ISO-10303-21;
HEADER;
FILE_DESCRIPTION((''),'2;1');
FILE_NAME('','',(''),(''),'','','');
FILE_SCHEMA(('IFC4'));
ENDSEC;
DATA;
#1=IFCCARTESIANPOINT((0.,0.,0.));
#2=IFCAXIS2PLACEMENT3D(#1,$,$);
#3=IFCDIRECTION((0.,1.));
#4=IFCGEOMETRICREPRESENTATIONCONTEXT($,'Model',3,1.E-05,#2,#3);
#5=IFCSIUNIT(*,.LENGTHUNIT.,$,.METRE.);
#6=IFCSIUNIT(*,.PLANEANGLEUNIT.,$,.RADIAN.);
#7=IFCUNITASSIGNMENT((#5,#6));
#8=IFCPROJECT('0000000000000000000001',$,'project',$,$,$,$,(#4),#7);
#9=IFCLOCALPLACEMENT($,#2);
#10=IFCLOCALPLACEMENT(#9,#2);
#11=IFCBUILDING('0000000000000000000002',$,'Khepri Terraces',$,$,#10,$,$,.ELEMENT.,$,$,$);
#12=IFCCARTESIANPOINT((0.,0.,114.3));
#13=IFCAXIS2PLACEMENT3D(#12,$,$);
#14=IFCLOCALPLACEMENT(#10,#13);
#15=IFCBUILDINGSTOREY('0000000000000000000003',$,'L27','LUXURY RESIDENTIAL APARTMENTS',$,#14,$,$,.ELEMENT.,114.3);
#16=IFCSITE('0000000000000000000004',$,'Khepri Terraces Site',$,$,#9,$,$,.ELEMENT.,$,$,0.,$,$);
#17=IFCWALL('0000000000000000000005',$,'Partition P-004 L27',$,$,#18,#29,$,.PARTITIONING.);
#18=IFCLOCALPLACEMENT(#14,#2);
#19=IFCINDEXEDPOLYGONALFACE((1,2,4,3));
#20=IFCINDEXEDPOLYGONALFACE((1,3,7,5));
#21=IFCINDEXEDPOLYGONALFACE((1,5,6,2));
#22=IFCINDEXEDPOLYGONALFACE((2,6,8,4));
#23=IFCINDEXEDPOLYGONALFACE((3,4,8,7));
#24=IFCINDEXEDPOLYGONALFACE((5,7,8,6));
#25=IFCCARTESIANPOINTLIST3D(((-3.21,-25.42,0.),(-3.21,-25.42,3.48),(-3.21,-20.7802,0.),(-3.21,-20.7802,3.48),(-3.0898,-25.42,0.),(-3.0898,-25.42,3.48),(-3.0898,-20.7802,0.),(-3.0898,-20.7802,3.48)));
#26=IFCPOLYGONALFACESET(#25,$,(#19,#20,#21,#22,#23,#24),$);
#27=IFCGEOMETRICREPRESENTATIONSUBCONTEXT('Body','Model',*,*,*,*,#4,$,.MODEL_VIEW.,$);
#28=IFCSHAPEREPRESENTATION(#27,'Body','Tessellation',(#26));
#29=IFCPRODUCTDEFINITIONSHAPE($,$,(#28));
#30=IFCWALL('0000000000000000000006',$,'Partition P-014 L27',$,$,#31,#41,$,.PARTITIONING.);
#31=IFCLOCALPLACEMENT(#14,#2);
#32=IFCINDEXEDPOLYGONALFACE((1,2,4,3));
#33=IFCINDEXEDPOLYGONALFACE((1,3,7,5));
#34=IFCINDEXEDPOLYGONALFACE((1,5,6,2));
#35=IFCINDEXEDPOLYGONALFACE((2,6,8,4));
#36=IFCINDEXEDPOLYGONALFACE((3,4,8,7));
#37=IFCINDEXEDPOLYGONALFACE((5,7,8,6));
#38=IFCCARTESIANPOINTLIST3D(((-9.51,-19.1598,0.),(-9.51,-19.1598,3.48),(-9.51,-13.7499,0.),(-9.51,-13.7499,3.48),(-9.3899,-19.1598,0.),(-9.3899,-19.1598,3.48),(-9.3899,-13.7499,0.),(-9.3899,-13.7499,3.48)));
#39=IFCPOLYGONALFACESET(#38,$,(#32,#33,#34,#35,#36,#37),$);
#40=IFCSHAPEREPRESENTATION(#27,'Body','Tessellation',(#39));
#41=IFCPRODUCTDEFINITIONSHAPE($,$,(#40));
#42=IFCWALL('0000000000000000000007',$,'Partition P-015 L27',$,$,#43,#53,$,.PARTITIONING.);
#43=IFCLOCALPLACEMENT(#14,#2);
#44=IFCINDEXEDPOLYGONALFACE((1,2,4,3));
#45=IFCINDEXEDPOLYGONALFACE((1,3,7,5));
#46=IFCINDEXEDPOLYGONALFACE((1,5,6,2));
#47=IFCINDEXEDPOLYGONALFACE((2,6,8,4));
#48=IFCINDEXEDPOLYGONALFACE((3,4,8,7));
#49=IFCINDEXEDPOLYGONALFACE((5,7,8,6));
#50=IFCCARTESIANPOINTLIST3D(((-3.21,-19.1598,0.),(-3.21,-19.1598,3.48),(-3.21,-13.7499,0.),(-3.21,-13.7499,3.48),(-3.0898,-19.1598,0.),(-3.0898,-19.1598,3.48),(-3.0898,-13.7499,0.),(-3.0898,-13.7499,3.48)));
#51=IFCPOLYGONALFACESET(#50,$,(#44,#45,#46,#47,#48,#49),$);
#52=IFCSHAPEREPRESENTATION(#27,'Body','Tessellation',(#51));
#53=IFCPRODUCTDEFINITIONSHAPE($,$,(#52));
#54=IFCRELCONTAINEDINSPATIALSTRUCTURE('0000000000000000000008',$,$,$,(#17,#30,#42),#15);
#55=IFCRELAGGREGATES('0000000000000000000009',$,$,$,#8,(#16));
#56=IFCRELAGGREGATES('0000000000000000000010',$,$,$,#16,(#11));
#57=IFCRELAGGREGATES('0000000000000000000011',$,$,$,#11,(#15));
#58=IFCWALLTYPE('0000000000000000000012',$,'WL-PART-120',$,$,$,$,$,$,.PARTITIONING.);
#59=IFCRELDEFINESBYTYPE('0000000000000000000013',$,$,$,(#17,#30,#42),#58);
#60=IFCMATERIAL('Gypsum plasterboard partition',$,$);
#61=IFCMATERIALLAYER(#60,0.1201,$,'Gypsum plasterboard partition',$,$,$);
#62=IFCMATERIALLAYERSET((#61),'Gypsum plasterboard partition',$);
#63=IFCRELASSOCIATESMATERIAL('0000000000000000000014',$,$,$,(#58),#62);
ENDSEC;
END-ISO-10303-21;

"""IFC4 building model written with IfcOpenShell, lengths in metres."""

from ifc_helpers import new_model, si_unit, direction, frame, frame_2d, origin, place, context, subcontext, project, spatial, rectangle, extrude, material, layer, layer_set, type_object, element, save


model = new_model("IFC4")

# Units and contexts
model_context = context("Model", 3, precision=1e-05, world=origin(), true_north=direction((0.0, 1.0)))
body_context = subcontext(model_context, "Body", "Model", "MODEL_VIEW")
ifc_project = project(units=[si_unit("LENGTHUNIT", "METRE"), si_unit("PLANEANGLEUNIT", "RADIAN")], contexts=[model_context])

# Site, building, storey
site_placement = place(None, origin())
site = spatial("IfcSite", under=ifc_project, at=site_placement, Name="Khepri Terraces Site", CompositionType="ELEMENT", RefElevation=0.0)
building_placement = place(site_placement, origin())
building = spatial("IfcBuilding", under=site, at=building_placement, Name="Khepri Terraces", CompositionType="ELEMENT")
storey_placement = place(building_placement, frame((0.0, 0.0, 114.3)))
storey = spatial("IfcBuildingStorey", under=building, at=storey_placement, Name="L27", Description="LUXURY RESIDENTIAL APARTMENTS", CompositionType="ELEMENT", Elevation=114.3)

# Shared definitions
ifc_material_1 = material(Name="Gypsum plasterboard partition")
ifc_layer_1 = layer(ifc_material_1, 0.1201, Name="Gypsum plasterboard partition")
ifc_layer_set_1 = layer_set([ifc_layer_1], Name="Gypsum plasterboard partition")
wall_type_1 = type_object("IfcWallType", Name="WL-PART-120", PredefinedType="PARTITIONING", material=ifc_layer_set_1)

# Walls
wall_1_placement = place(storey_placement, frame((-3.1499, -25.4199, 0.0), z_axis=(0.0, 0.0, 1.0), x_axis=(0.0, 1.0, 0.0)))
element("IfcWall", 1, at=wall_1_placement, inside=storey, type_object=wall_type_1, Name="Partition P-004 L27", PredefinedType="PARTITIONING", context=body_context, shape_type="SweptSolid", body=[
    extrude(rectangle(XDim=4.6399, YDim=0.1201, at=frame_2d((2.3198, 0.0))), origin(), (0.0, 0.0, 1.0), 3.48),
])
for number, where, z_axis, x_axis, name in (
    (2, (-9.45, -19.1599, 0.0), (0.0, 0.0, 1.0), (0.0, 1.0, 0.0), "Partition P-014 L27"),
    (3, (-3.1499, -19.1599, 0.0), (0.0, 0.0, 1.0), (0.0, 1.0, 0.0), "Partition P-015 L27"),
):
    element("IfcWall", number, at=place(storey_placement, frame(where, z_axis=z_axis, x_axis=x_axis)), inside=storey, type_object=wall_type_1, Name=name, PredefinedType="PARTITIONING", context=body_context, shape_type="SweptSolid", body=[
        extrude(rectangle(XDim=5.4099, YDim=0.1201, at=frame_2d((2.7051, 0.0))), origin(), (0.0, 0.0, 1.0), 3.48),
    ])

save(model, "model.ifc")
